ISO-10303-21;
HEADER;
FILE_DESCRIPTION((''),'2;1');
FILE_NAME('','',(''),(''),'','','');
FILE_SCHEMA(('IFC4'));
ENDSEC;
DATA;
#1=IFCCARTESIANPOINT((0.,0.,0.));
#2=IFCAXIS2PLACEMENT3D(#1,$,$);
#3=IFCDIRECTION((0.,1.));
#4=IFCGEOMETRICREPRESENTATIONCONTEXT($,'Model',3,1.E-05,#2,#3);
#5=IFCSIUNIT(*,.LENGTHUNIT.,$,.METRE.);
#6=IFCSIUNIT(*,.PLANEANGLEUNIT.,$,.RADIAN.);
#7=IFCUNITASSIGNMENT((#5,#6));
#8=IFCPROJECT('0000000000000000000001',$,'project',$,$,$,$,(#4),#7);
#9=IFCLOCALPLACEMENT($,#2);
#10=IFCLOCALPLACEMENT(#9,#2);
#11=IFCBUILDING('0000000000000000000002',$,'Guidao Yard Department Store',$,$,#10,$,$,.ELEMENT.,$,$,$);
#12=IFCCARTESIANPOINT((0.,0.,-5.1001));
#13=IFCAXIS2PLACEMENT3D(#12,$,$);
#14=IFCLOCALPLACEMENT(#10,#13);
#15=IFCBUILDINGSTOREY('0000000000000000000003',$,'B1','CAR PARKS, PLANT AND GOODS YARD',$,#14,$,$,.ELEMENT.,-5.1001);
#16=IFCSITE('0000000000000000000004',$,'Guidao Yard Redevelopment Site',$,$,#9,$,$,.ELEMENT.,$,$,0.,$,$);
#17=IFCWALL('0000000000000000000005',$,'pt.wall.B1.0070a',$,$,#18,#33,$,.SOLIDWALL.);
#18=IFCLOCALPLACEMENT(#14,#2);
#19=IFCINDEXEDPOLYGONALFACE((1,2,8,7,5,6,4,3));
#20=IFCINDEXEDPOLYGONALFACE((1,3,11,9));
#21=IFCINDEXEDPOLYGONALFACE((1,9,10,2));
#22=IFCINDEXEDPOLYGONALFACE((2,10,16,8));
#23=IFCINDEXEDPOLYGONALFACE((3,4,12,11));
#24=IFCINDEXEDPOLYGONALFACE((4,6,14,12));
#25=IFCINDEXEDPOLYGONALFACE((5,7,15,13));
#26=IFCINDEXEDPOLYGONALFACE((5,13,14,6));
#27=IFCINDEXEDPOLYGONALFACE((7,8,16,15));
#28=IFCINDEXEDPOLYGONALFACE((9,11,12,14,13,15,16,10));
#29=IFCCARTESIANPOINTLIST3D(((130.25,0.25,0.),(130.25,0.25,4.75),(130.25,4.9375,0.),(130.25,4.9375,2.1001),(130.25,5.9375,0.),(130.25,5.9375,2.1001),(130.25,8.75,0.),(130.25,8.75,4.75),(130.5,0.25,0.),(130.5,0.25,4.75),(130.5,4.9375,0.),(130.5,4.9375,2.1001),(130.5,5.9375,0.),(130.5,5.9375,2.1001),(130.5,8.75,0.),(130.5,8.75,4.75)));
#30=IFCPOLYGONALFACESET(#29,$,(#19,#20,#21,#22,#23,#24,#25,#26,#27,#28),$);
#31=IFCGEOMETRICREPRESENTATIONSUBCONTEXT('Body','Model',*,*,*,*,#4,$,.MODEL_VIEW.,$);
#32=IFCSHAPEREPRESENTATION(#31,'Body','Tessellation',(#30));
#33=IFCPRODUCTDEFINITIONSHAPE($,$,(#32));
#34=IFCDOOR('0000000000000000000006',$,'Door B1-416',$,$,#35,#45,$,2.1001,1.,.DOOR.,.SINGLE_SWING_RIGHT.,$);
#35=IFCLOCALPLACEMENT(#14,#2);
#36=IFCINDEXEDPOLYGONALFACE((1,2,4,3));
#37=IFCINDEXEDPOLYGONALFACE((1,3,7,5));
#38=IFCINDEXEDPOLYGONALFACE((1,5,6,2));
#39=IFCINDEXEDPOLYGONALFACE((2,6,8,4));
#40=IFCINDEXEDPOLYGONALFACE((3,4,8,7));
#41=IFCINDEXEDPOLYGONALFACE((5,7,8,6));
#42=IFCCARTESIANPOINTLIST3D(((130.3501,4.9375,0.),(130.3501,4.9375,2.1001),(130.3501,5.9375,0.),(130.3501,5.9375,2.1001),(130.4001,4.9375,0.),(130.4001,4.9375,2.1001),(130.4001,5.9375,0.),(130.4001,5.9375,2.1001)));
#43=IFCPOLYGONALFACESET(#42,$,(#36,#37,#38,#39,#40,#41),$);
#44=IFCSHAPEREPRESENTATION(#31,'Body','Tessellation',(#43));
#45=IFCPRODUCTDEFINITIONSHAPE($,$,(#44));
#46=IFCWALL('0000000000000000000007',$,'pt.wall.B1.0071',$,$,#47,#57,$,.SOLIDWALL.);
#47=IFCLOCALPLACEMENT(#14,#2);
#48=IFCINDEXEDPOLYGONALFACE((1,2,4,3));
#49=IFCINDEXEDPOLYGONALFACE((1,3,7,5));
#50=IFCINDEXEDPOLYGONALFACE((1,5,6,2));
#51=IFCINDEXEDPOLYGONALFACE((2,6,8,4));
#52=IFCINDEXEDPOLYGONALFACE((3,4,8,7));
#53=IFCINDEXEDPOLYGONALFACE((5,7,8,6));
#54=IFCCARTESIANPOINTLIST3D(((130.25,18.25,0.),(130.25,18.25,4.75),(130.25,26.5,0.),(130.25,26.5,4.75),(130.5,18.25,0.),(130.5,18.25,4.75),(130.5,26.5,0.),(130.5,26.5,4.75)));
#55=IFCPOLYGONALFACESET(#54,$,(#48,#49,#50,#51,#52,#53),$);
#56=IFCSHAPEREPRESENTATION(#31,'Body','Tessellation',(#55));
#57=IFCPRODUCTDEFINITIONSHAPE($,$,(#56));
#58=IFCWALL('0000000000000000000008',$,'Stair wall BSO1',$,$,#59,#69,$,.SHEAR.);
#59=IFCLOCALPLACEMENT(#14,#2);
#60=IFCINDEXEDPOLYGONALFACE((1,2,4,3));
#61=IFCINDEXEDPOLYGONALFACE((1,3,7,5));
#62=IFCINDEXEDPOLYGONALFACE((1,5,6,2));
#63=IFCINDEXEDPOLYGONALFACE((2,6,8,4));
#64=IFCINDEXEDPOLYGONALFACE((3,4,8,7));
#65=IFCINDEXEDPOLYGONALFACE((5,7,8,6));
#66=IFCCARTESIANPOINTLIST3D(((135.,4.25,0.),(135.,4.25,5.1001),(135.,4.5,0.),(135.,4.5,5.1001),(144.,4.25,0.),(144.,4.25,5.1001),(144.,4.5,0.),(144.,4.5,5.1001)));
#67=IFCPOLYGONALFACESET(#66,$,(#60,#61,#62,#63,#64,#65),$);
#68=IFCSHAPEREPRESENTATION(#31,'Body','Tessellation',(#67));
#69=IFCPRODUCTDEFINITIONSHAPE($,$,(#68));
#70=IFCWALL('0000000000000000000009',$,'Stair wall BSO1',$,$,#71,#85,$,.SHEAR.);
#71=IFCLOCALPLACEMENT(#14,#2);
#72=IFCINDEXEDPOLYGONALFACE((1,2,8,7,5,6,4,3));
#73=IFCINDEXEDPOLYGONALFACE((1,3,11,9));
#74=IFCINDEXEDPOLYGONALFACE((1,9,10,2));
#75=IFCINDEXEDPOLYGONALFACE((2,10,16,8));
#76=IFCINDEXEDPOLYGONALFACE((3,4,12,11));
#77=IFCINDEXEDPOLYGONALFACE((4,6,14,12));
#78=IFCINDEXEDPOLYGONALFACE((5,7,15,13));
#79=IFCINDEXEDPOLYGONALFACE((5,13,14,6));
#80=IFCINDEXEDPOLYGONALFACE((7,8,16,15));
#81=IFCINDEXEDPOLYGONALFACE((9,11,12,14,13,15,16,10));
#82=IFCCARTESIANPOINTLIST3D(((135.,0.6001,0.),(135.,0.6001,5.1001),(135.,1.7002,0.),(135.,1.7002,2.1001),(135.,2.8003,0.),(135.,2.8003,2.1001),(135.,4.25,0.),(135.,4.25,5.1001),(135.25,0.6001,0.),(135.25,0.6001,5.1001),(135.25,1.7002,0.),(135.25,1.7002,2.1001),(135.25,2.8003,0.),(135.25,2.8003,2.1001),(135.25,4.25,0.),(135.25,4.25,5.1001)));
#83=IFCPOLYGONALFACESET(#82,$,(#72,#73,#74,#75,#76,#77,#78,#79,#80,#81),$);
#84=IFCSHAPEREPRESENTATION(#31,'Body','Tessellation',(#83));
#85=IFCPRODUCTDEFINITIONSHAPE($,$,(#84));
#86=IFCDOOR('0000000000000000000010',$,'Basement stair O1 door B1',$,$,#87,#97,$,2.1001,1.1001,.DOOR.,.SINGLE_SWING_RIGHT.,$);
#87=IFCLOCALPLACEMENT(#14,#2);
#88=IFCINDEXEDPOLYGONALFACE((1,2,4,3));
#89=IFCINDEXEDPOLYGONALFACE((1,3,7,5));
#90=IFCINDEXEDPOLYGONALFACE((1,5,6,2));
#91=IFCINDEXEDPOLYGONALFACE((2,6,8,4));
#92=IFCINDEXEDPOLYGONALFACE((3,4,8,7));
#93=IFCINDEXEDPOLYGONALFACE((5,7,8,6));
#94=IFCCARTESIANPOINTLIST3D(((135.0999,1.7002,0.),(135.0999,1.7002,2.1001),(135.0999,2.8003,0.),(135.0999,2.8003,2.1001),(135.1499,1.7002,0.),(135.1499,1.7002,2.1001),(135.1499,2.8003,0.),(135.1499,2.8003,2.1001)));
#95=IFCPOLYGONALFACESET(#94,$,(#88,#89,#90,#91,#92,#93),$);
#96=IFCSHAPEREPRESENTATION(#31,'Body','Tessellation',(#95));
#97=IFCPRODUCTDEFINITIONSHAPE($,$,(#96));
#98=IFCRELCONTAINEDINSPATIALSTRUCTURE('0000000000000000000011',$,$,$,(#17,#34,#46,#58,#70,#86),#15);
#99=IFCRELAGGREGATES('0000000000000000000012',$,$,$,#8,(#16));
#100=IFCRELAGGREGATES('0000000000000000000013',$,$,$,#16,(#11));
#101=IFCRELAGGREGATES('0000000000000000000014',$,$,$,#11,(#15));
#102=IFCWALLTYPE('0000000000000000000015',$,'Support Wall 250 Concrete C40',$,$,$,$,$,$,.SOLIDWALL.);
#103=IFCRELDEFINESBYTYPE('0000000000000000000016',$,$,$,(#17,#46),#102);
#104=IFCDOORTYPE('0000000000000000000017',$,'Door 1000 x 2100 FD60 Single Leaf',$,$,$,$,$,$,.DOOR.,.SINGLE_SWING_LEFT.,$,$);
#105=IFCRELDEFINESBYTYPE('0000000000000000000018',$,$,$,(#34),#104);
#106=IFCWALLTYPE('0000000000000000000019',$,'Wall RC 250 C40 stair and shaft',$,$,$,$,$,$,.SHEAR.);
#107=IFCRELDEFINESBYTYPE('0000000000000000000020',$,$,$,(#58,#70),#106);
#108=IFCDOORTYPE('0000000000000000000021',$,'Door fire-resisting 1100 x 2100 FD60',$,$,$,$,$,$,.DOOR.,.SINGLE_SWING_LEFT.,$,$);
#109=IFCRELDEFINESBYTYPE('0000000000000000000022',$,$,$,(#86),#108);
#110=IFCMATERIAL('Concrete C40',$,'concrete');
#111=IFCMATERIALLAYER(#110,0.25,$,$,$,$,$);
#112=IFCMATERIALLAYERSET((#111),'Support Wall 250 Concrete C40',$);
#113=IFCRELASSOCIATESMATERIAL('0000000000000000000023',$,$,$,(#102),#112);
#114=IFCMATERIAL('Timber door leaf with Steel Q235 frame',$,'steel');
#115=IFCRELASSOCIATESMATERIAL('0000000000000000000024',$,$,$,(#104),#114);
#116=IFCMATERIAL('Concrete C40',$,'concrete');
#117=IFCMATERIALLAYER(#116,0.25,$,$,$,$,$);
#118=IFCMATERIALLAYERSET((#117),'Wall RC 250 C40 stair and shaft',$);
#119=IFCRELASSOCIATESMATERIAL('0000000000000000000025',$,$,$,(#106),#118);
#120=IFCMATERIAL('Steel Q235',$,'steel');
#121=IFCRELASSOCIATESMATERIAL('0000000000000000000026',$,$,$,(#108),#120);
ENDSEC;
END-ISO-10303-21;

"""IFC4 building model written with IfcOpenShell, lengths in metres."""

from ifc_helpers import new_model, si_unit, direction, frame, frame_2d, origin, place, context, subcontext, project, spatial, rectangle, extrude, material, layer, layer_set, type_object, element, fill, save


model = new_model("IFC4")

# Units and contexts
model_context = context("Model", 3, precision=1e-05, world=origin(), true_north=direction((0.0, 1.0)))
body_context = subcontext(model_context, "Body", "Model", "MODEL_VIEW")
ifc_project = project(units=[si_unit("LENGTHUNIT", "METRE"), si_unit("PLANEANGLEUNIT", "RADIAN")], contexts=[model_context])

# Site, building, storey
site_placement = place(None, origin())
site = spatial("IfcSite", under=ifc_project, at=site_placement, Name="Guidao Yard Redevelopment Site", CompositionType="ELEMENT", RefElevation=0.0)
building_placement = place(site_placement, origin())
building = spatial("IfcBuilding", under=site, at=building_placement, Name="Guidao Yard Department Store", CompositionType="ELEMENT")
storey_placement = place(building_placement, frame((0.0, 0.0, -5.1001)))
storey = spatial("IfcBuildingStorey", under=building, at=storey_placement, Name="B1", Description="CAR PARKS, PLANT AND GOODS YARD", CompositionType="ELEMENT", Elevation=-5.1001)

# Shared definitions
ifc_material_1 = material(Name="Concrete C40", Category="concrete")
ifc_layer_1 = layer(ifc_material_1, 0.25)
ifc_layer_set_1 = layer_set([ifc_layer_1], Name="Support Wall 250 Concrete C40")
wall_type_1 = type_object("IfcWallType", Name="Support Wall 250 Concrete C40", PredefinedType="SOLIDWALL", material=ifc_layer_set_1)

# Wall, opening, door
wall_1_placement = place(storey_placement, frame((130.375, 0.25, 0.0), z_axis=(0.0, 0.0, 1.0), x_axis=(0.0, 1.0, 0.0)))
wall_1 = element("IfcWall", 1, at=wall_1_placement, inside=storey, type_object=wall_type_1, Name="pt.wall.B1.0070a", PredefinedType="SOLIDWALL", context=body_context, shape_type="SweptSolid", body=[
    extrude(rectangle(XDim=8.5, YDim=0.25, at=frame_2d((4.25, 0.0))), origin(), (0.0, 0.0, 1.0), 4.75),
])
opening_1_placement = place(wall_1_placement, frame((4.6875, 0.0, 0.0)))
opening_1 = element("IfcOpeningElement", 2, at=opening_1_placement, cuts=wall_1, PredefinedType="OPENING", context=body_context, shape_type="SweptSolid", body=[
    extrude(rectangle(XDim=1.0, YDim=2.1001, at=frame_2d((0.5, 1.05))), frame((0.0, 0.135, 0.0), z_axis=(0.0, -1.0, 0.0), x_axis=(1.0, 0.0, 0.0)), (0.0, 0.0, 1.0), 0.27),
])
ifc_material_2 = material(Name="Timber door leaf with Steel Q235 frame", Category="steel")
door_type_1 = type_object("IfcDoorType", Name="Door 1000 x 2100 FD60 Single Leaf", OperationType="SINGLE_SWING_LEFT", PredefinedType="DOOR", material=ifc_material_2)
door_1_placement = place(opening_1_placement, origin())
door_1 = element("IfcDoor", 3, at=door_1_placement, inside=storey, type_object=door_type_1, Name="Door B1-416", OperationType="SINGLE_SWING_RIGHT", OverallHeight=2.1001, OverallWidth=1.0, PredefinedType="DOOR", context=body_context, shape_type="SweptSolid", body=[
    extrude(rectangle(XDim=1.0, YDim=2.1001, at=frame_2d((0.5, 1.05))), frame((0.0, 0.0249, 0.0), z_axis=(0.0, -1.0, 0.0), x_axis=(1.0, 0.0, 0.0)), (0.0, 0.0, 1.0), 0.05),
])
fill(opening_1, door_1)

# Walls
wall_2_placement = place(storey_placement, frame((130.375, 18.25, 0.0), z_axis=(0.0, 0.0, 1.0), x_axis=(0.0, 1.0, 0.0)))
element("IfcWall", 4, at=wall_2_placement, inside=storey, type_object=wall_type_1, Name="pt.wall.B1.0071", PredefinedType="SOLIDWALL", context=body_context, shape_type="SweptSolid", body=[
    extrude(rectangle(XDim=8.25, YDim=0.25, at=frame_2d((4.125, 0.0))), origin(), (0.0, 0.0, 1.0), 4.75),
])
ifc_material_3 = material(Name="Concrete C40", Category="concrete")
ifc_layer_2 = layer(ifc_material_3, 0.25)
ifc_layer_set_2 = layer_set([ifc_layer_2], Name="Wall RC 250 C40 stair and shaft")
wall_type_2 = type_object("IfcWallType", Name="Wall RC 250 C40 stair and shaft", PredefinedType="SHEAR", material=ifc_layer_set_2)
wall_3_placement = place(storey_placement, frame((135.0, 4.375, 0.0), z_axis=(0.0, 0.0, 1.0), x_axis=(1.0, 0.0, 0.0)))
element("IfcWall", 5, at=wall_3_placement, inside=storey, type_object=wall_type_2, Name="Stair wall BSO1", PredefinedType="SHEAR", context=body_context, shape_type="SweptSolid", body=[
    extrude(rectangle(XDim=9.0, YDim=0.25, at=frame_2d((4.5, 0.0))), origin(), (0.0, 0.0, 1.0), 5.1001),
])

# Wall, opening, door
wall_4_placement = place(storey_placement, frame((135.125, 0.6001, 0.0), z_axis=(0.0, 0.0, 1.0), x_axis=(0.0, 1.0, 0.0)))
wall_4 = element("IfcWall", 6, at=wall_4_placement, inside=storey, type_object=wall_type_2, Name="Stair wall BSO1", PredefinedType="SHEAR", context=body_context, shape_type="SweptSolid", body=[
    extrude(rectangle(XDim=3.6499, YDim=0.25, at=frame_2d((1.825, 0.0))), origin(), (0.0, 0.0, 1.0), 5.1001),
])
opening_2_placement = place(wall_4_placement, frame((2.2002, 0.0, 0.0), z_axis=(0.0, 0.0, 1.0), x_axis=(-1.0, 0.0, 0.0)))
opening_2 = element("IfcOpeningElement", 7, at=opening_2_placement, cuts=wall_4, PredefinedType="OPENING", context=body_context, shape_type="SweptSolid", body=[
    extrude(rectangle(XDim=1.1001, YDim=2.1001, at=frame_2d((0.55, 1.05))), frame((0.0, 0.135, 0.0), z_axis=(0.0, -1.0, 0.0), x_axis=(1.0, 0.0, 0.0)), (0.0, 0.0, 1.0), 0.27),
])
ifc_material_4 = material(Name="Steel Q235", Category="steel")
door_type_2 = type_object("IfcDoorType", Name="Door fire-resisting 1100 x 2100 FD60", OperationType="SINGLE_SWING_LEFT", PredefinedType="DOOR", material=ifc_material_4)
door_2_placement = place(opening_2_placement, origin())
door_2 = element("IfcDoor", 8, at=door_2_placement, inside=storey, type_object=door_type_2, Name="Basement stair O1 door B1", OperationType="SINGLE_SWING_RIGHT", OverallHeight=2.1001, OverallWidth=1.1001, PredefinedType="DOOR", context=body_context, shape_type="SweptSolid", body=[
    extrude(rectangle(XDim=1.1001, YDim=2.1001, at=frame_2d((0.55, 1.05))), frame((0.0, 0.0249, 0.0), z_axis=(0.0, -1.0, 0.0), x_axis=(1.0, 0.0, 0.0)), (0.0, 0.0, 1.0), 0.05),
])
fill(opening_2, door_2)

save(model, "model.ifc")
